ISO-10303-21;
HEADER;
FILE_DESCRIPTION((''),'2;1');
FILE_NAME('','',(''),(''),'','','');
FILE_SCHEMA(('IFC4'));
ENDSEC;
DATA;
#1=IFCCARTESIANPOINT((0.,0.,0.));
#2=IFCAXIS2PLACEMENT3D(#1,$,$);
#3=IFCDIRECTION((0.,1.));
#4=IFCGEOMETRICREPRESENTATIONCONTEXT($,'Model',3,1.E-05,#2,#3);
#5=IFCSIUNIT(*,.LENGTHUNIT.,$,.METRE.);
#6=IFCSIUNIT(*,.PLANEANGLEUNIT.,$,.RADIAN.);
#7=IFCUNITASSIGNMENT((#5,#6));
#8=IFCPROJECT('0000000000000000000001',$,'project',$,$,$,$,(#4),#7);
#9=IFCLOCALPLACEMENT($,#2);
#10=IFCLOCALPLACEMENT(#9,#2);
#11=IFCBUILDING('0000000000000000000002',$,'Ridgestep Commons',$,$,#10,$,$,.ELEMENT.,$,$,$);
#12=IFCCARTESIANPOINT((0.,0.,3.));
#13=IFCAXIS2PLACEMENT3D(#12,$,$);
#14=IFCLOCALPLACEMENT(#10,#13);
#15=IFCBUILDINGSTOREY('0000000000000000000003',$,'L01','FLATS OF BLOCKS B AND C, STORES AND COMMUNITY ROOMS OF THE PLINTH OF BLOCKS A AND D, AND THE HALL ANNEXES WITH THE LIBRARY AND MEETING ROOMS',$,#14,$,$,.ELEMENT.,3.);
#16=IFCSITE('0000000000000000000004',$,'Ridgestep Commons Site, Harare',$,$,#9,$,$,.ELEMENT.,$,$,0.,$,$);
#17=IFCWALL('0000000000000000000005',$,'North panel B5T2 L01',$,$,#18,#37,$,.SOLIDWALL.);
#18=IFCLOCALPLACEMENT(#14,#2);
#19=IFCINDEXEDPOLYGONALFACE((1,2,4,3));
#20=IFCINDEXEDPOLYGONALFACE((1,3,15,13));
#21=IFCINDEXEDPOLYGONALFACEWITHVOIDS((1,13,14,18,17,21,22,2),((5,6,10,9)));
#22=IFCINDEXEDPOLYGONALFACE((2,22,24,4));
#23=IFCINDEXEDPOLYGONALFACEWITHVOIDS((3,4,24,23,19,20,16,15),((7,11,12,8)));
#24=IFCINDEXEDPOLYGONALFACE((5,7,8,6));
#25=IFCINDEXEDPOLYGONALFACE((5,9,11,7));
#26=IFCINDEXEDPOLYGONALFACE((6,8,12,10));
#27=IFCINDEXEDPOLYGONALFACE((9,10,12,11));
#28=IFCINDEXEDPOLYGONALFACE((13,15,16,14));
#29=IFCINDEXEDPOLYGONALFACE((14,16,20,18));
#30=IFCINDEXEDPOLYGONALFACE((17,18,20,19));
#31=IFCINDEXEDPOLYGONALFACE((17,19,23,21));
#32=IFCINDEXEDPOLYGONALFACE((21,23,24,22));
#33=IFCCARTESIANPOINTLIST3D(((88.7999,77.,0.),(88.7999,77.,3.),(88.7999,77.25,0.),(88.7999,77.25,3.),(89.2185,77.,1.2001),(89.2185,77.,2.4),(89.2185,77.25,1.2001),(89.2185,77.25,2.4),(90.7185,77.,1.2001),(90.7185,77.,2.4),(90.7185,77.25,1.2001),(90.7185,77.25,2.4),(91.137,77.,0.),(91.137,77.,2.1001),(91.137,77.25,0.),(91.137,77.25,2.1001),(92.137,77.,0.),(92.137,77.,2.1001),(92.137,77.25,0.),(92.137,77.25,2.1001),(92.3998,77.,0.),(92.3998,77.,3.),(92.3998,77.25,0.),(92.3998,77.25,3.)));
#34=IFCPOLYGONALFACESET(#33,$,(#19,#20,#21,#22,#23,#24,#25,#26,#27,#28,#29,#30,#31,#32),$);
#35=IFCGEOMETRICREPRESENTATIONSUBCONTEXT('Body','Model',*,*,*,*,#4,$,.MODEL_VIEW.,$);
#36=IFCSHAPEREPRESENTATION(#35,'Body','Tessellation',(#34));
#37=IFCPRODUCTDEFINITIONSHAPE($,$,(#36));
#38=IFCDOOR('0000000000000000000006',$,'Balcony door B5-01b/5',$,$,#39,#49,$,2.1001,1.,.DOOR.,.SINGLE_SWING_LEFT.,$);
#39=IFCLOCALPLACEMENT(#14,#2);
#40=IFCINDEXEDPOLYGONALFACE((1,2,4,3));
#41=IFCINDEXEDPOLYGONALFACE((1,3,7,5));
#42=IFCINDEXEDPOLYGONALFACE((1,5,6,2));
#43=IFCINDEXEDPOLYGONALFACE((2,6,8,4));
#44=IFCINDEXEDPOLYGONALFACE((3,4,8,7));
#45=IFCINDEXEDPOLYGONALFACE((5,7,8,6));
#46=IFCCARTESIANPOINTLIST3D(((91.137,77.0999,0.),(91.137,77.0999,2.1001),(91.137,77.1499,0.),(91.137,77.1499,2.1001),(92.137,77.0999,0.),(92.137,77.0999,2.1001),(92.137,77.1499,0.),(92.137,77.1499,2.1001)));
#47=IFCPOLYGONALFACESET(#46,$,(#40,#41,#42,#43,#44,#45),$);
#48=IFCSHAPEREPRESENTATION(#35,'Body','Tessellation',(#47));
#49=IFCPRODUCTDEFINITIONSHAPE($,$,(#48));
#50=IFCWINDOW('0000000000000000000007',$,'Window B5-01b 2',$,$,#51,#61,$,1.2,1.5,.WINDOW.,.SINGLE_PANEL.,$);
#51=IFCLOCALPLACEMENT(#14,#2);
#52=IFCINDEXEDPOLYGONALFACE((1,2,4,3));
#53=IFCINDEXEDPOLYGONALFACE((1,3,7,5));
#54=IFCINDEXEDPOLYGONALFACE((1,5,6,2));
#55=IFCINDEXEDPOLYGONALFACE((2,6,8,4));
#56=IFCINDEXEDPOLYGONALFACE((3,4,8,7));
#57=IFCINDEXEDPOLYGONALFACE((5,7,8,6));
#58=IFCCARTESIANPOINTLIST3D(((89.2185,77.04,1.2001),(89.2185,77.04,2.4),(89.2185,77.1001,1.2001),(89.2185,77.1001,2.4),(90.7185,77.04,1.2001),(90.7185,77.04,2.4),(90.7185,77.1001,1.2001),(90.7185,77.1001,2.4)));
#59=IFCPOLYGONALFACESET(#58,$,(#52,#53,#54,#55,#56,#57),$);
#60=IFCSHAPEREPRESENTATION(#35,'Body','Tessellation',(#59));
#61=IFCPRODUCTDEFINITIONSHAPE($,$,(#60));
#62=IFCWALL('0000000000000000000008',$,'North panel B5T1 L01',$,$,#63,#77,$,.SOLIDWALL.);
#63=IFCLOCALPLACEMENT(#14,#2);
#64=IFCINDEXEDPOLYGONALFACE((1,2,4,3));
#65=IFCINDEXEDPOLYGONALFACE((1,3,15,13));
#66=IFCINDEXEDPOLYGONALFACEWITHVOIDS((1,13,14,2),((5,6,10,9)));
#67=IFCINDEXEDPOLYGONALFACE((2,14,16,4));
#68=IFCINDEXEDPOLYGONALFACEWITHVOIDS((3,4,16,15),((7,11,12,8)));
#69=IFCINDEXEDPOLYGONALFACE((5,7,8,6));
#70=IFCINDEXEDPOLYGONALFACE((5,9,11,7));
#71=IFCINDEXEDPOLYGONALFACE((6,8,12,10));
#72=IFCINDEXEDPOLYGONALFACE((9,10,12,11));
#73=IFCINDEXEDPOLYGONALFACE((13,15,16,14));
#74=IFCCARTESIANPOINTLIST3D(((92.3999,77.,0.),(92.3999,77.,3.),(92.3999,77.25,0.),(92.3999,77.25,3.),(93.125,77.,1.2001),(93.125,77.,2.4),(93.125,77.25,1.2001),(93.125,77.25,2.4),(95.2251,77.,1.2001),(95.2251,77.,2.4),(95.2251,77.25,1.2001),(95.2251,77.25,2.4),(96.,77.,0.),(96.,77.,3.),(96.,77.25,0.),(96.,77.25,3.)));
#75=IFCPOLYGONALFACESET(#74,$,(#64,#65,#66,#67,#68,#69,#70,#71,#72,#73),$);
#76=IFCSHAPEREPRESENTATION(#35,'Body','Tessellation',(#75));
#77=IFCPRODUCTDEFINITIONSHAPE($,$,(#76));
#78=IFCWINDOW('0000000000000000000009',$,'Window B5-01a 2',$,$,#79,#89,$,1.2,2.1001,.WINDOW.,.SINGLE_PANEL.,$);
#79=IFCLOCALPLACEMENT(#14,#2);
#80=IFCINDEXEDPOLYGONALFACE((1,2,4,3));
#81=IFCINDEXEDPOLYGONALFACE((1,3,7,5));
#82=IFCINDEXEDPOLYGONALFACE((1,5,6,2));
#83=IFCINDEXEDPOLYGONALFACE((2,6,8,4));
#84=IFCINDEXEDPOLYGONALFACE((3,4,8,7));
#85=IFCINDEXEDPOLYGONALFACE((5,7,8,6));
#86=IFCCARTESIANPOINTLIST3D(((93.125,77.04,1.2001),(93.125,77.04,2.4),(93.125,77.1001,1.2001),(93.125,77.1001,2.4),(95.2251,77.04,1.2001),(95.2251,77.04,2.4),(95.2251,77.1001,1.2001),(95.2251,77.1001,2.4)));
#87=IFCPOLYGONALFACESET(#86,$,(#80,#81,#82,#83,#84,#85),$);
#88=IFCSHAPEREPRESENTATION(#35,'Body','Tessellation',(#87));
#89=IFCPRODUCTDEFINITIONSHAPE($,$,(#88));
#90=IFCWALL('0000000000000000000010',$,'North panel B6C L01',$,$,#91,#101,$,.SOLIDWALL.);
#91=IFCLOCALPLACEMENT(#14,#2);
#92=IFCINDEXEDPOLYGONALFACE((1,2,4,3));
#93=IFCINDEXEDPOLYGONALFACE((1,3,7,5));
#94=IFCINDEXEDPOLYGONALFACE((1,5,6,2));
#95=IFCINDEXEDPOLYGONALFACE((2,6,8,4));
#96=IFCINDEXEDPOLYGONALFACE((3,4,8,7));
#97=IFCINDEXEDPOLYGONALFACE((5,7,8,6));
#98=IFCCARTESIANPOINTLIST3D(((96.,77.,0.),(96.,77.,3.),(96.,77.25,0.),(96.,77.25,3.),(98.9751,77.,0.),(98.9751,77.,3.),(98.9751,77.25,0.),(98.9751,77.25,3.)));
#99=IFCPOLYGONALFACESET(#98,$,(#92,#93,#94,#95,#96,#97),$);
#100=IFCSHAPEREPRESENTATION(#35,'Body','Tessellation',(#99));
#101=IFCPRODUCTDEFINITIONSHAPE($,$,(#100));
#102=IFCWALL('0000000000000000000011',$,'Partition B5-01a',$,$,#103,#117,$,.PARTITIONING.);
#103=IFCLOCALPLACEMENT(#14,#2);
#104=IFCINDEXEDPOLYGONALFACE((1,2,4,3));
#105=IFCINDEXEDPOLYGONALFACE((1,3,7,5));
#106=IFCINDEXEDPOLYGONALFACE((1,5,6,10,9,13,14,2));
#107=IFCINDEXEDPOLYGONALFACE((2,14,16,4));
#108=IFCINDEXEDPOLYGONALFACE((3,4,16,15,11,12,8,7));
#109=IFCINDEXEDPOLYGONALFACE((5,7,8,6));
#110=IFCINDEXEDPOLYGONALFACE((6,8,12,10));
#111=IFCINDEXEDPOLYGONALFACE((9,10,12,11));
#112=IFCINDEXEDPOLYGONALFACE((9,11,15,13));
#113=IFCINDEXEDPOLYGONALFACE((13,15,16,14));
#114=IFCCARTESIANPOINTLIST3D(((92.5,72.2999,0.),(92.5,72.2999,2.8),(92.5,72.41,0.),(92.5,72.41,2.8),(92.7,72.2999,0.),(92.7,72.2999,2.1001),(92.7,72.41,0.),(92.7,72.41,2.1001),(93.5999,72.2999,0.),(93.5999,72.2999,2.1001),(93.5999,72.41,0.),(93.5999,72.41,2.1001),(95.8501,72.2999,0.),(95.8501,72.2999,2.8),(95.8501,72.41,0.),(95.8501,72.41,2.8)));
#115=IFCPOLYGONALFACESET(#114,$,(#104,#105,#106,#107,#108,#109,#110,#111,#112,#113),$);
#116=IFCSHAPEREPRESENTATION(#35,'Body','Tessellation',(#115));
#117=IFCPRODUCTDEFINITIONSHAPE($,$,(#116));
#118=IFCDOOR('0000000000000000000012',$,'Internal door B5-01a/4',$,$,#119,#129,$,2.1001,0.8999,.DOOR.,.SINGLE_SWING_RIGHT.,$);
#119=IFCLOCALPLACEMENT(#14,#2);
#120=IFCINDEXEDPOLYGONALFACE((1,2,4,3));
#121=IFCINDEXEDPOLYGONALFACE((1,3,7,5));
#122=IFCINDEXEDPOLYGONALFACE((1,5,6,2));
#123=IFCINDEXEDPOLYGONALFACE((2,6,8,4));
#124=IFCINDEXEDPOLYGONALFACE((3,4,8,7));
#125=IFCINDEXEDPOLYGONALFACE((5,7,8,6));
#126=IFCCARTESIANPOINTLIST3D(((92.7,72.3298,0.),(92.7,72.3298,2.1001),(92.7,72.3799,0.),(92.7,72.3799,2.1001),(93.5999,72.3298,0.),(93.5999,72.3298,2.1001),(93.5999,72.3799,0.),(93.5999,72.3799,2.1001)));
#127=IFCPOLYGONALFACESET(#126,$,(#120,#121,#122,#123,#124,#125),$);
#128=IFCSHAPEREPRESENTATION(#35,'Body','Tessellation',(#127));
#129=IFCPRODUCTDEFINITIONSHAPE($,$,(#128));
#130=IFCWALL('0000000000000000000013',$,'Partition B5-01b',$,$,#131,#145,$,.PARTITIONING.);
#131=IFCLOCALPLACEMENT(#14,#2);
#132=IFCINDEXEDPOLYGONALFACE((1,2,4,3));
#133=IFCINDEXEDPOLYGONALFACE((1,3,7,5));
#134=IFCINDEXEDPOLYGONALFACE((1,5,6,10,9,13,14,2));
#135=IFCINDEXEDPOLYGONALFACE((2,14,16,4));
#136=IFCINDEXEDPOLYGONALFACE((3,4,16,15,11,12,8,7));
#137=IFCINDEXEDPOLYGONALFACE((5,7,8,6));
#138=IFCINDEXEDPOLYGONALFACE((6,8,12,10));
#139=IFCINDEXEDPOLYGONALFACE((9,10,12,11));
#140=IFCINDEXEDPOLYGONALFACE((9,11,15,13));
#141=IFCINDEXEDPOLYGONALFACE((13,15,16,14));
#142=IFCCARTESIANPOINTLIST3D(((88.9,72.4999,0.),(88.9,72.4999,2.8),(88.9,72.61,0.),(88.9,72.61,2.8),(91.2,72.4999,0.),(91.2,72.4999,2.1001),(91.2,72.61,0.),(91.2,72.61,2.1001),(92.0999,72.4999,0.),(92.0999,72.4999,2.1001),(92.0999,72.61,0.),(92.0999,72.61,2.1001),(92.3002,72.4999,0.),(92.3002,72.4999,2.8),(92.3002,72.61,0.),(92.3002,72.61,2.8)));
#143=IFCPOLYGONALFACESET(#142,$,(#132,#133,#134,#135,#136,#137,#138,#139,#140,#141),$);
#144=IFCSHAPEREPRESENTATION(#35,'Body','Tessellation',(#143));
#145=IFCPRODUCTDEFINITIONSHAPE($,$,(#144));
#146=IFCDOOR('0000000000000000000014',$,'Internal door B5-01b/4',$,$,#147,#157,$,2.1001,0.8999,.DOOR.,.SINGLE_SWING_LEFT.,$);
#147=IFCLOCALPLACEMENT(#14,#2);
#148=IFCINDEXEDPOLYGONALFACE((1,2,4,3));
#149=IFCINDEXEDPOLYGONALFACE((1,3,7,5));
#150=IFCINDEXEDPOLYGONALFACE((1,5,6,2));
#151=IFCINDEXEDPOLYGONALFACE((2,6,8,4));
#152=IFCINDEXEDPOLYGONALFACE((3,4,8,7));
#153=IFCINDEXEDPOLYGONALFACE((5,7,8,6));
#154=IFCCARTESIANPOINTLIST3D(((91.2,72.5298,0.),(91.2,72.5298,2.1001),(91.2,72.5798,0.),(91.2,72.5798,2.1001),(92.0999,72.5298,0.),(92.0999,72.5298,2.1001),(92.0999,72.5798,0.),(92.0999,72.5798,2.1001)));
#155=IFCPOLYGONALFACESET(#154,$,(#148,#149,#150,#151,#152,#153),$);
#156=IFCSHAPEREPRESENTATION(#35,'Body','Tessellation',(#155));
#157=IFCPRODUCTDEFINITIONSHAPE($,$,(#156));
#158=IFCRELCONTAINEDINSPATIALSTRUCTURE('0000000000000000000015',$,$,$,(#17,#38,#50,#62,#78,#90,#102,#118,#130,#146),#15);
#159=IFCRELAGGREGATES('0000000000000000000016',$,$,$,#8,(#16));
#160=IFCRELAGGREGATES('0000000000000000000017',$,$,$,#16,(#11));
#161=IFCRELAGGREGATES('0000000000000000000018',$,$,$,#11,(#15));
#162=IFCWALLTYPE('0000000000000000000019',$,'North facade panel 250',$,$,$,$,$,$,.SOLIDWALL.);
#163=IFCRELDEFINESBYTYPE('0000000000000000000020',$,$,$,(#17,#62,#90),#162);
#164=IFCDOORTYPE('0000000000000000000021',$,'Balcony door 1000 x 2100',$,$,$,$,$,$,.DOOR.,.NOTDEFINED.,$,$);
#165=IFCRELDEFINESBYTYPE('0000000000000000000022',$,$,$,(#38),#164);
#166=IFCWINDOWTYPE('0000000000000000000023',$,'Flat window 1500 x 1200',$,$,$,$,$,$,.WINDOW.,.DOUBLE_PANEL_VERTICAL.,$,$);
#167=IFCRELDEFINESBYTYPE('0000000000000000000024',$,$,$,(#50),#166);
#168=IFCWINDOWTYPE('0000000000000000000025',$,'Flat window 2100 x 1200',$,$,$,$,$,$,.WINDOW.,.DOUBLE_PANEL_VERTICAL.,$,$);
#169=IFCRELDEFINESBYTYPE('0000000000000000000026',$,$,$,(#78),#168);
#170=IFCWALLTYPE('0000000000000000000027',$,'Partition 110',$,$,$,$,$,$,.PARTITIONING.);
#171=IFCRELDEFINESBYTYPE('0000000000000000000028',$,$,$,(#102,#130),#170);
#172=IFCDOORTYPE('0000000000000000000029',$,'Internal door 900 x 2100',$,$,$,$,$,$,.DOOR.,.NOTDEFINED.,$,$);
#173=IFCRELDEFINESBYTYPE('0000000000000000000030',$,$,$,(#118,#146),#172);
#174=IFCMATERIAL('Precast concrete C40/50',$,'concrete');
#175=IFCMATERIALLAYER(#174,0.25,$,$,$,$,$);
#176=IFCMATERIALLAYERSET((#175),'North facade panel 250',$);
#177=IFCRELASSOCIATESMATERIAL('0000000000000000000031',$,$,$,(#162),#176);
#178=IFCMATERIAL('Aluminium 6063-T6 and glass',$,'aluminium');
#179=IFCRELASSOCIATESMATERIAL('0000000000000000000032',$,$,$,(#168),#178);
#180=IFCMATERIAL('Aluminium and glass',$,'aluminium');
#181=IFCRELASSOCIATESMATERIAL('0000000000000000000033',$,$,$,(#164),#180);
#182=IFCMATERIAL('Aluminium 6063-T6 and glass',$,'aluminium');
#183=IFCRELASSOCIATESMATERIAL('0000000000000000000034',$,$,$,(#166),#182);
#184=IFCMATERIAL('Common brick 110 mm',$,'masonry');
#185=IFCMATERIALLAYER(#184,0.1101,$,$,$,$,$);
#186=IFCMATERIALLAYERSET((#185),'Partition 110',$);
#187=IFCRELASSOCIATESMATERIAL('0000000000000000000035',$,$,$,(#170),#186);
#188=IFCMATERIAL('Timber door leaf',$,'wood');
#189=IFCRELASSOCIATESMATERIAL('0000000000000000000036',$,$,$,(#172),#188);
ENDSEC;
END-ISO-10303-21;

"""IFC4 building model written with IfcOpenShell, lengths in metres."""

from ifc_helpers import new_model, si_unit, direction, frame, frame_2d, origin, place, context, subcontext, project, spatial, rectangle, extrude, material, layer, layer_set, type_object, element, fill, save


model = new_model("IFC4")

# Units and contexts
model_context = context("Model", 3, precision=1e-05, world=origin(), true_north=direction((0.0, 1.0)))
body_context = subcontext(model_context, "Body", "Model", "MODEL_VIEW")
ifc_project = project(units=[si_unit("LENGTHUNIT", "METRE"), si_unit("PLANEANGLEUNIT", "RADIAN")], contexts=[model_context])

# Site, building, storey
site_placement = place(None, origin())
site = spatial("IfcSite", under=ifc_project, at=site_placement, Name="Ridgestep Commons Site, Harare", CompositionType="ELEMENT", RefElevation=0.0)
building_placement = place(site_placement, origin())
building = spatial("IfcBuilding", under=site, at=building_placement, Name="Ridgestep Commons", CompositionType="ELEMENT")
storey_placement = place(building_placement, frame((0.0, 0.0, 3.0)))
storey = spatial("IfcBuildingStorey", under=building, at=storey_placement, Name="L01", Description="FLATS OF BLOCKS B AND C, STORES AND COMMUNITY ROOMS OF THE PLINTH OF BLOCKS A AND D, AND THE HALL ANNEXES WITH THE LIBRARY AND MEETING ROOMS", CompositionType="ELEMENT", Elevation=3.0)

# Shared definitions
ifc_material_1 = material(Name="Precast concrete C40/50", Category="concrete")
ifc_layer_1 = layer(ifc_material_1, 0.25)
ifc_layer_set_1 = layer_set([ifc_layer_1], Name="North facade panel 250")
wall_type_1 = type_object("IfcWallType", Name="North facade panel 250", PredefinedType="SOLIDWALL", material=ifc_layer_set_1)
ifc_material_2 = material(Name="Aluminium 6063-T6 and glass", Category="aluminium")
window_type_1 = type_object("IfcWindowType", Name="Flat window 2100 x 1200", PartitioningType="DOUBLE_PANEL_VERTICAL", PredefinedType="WINDOW", material=ifc_material_2)

# Wall, openings, door, window
wall_1_placement = place(storey_placement, frame((88.8, 77.125, 0.0), z_axis=(0.0, 0.0, 1.0), x_axis=(1.0, 0.0, 0.0)))
wall_1 = element("IfcWall", 1, at=wall_1_placement, inside=storey, type_object=wall_type_1, Name="North panel B5T2 L01", PredefinedType="SOLIDWALL", context=body_context, shape_type="SweptSolid", body=[
    extrude(rectangle(XDim=3.5999, YDim=0.25, at=frame_2d((1.7998, 0.0))), origin(), (0.0, 0.0, 1.0), 3.0),
])
opening_1_placement = place(wall_1_placement, frame((0.4185, 0.0, 1.2)))
opening_1 = element("IfcOpeningElement", 2, at=opening_1_placement, cuts=wall_1, PredefinedType="OPENING", context=body_context, shape_type="SweptSolid", body=[
    extrude(rectangle(XDim=1.5, YDim=1.2, at=frame_2d((0.75, 0.6001))), frame((0.0, 0.135, 0.0), z_axis=(0.0, -1.0, 0.0), x_axis=(1.0, 0.0, 0.0)), (0.0, 0.0, 1.0), 0.27),
])
opening_2_placement = place(wall_1_placement, frame((2.3369, 0.0, 0.0)))
opening_2 = element("IfcOpeningElement", 3, at=opening_2_placement, cuts=wall_1, PredefinedType="OPENING", context=body_context, shape_type="SweptSolid", body=[
    extrude(rectangle(XDim=1.0, YDim=2.1001, at=frame_2d((0.5, 1.05))), frame((0.0, 0.135, 0.0), z_axis=(0.0, -1.0, 0.0), x_axis=(1.0, 0.0, 0.0)), (0.0, 0.0, 1.0), 0.27),
])
ifc_material_3 = material(Name="Aluminium and glass", Category="aluminium")
door_type_1 = type_object("IfcDoorType", Name="Balcony door 1000 x 2100", OperationType="NOTDEFINED", PredefinedType="DOOR", material=ifc_material_3)
door_1_placement = place(opening_2_placement, origin())
door_1 = element("IfcDoor", 4, at=door_1_placement, inside=storey, type_object=door_type_1, Name="Balcony door B5-01b/5", OperationType="SINGLE_SWING_LEFT", OverallHeight=2.1001, OverallWidth=1.0, PredefinedType="DOOR", context=body_context, shape_type="SweptSolid", body=[
    extrude(rectangle(XDim=1.0, YDim=2.1001, at=frame_2d((0.5, 1.05))), frame((0.0, 0.0249, 0.0), z_axis=(0.0, -1.0, 0.0), x_axis=(1.0, 0.0, 0.0)), (0.0, 0.0, 1.0), 0.05),
])
fill(opening_2, door_1)
ifc_material_4 = material(Name="Aluminium 6063-T6 and glass", Category="aluminium")
window_type_2 = type_object("IfcWindowType", Name="Flat window 1500 x 1200", PartitioningType="DOUBLE_PANEL_VERTICAL", PredefinedType="WINDOW", material=ifc_material_4)
window_1_placement = place(opening_1_placement, origin())
window_1 = element("IfcWindow", 5, at=window_1_placement, inside=storey, type_object=window_type_2, Name="Window B5-01b 2", OverallHeight=1.2, OverallWidth=1.5, PartitioningType="SINGLE_PANEL", PredefinedType="WINDOW", context=body_context, shape_type="SweptSolid", body=[
    extrude(rectangle(XDim=1.5, YDim=1.2, at=frame_2d((0.75, 0.6001))), frame((0.0, -0.0249, 0.0), z_axis=(0.0, -1.0, 0.0), x_axis=(1.0, 0.0, 0.0)), (0.0, 0.0, 1.0), 0.0601),
])
fill(opening_1, window_1)

# Wall, opening, window
wall_2_placement = place(storey_placement, frame((92.3999, 77.125, 0.0), z_axis=(0.0, 0.0, 1.0), x_axis=(1.0, 0.0, 0.0)))
wall_2 = element("IfcWall", 6, at=wall_2_placement, inside=storey, type_object=wall_type_1, Name="North panel B5T1 L01", PredefinedType="SOLIDWALL", context=body_context, shape_type="SweptSolid", body=[
    extrude(rectangle(XDim=3.6001, YDim=0.25, at=frame_2d((1.8, 0.0))), origin(), (0.0, 0.0, 1.0), 3.0),
])
opening_3_placement = place(wall_2_placement, frame((0.7251, 0.0, 1.2)))
opening_3 = element("IfcOpeningElement", 7, at=opening_3_placement, cuts=wall_2, PredefinedType="OPENING", context=body_context, shape_type="SweptSolid", body=[
    extrude(rectangle(XDim=2.1001, YDim=1.2, at=frame_2d((1.05, 0.6001))), frame((0.0, 0.135, 0.0), z_axis=(0.0, -1.0, 0.0), x_axis=(1.0, 0.0, 0.0)), (0.0, 0.0, 1.0), 0.27),
])
window_2_placement = place(opening_3_placement, origin())
window_2 = element("IfcWindow", 8, at=window_2_placement, inside=storey, type_object=window_type_1, Name="Window B5-01a 2", OverallHeight=1.2, OverallWidth=2.1001, PartitioningType="SINGLE_PANEL", PredefinedType="WINDOW", context=body_context, shape_type="SweptSolid", body=[
    extrude(rectangle(XDim=2.1001, YDim=1.2, at=frame_2d((1.05, 0.6001))), frame((0.0, -0.0249, 0.0), z_axis=(0.0, -1.0, 0.0), x_axis=(1.0, 0.0, 0.0)), (0.0, 0.0, 1.0), 0.0601),
])
fill(opening_3, window_2)

# Wall
wall_3_placement = place(storey_placement, frame((96.0, 77.125, 0.0), z_axis=(0.0, 0.0, 1.0), x_axis=(1.0, 0.0, 0.0)))
element("IfcWall", 9, at=wall_3_placement, inside=storey, type_object=wall_type_1, Name="North panel B6C L01", PredefinedType="SOLIDWALL", context=body_context, shape_type="SweptSolid", body=[
    extrude(rectangle(XDim=2.9751, YDim=0.25, at=frame_2d((1.4875, 0.0))), origin(), (0.0, 0.0, 1.0), 3.0),
])

# Walls, openings, doors
ifc_material_5 = material(Name="Common brick 110 mm", Category="masonry")
ifc_layer_2 = layer(ifc_material_5, 0.1101)
ifc_layer_set_2 = layer_set([ifc_layer_2], Name="Partition 110")
wall_type_2 = type_object("IfcWallType", Name="Partition 110", PredefinedType="PARTITIONING", material=ifc_layer_set_2)
wall_4_placement = place(storey_placement, frame((92.5, 72.355, 0.0), z_axis=(0.0, 0.0, 1.0), x_axis=(1.0, 0.0, 0.0)))
wall_4 = element("IfcWall", 10, at=wall_4_placement, inside=storey, type_object=wall_type_2, Name="Partition B5-01a", PredefinedType="PARTITIONING", context=body_context, shape_type="SweptSolid", body=[
    extrude(rectangle(XDim=3.3501, YDim=0.1101, at=frame_2d((1.675, 0.0))), origin(), (0.0, 0.0, 1.0), 2.8),
])
opening_4_placement = place(wall_4_placement, frame((0.2, 0.0, 0.0)))
opening_4 = element("IfcOpeningElement", 11, at=opening_4_placement, cuts=wall_4, PredefinedType="OPENING", context=body_context, shape_type="SweptSolid", body=[
    extrude(rectangle(XDim=0.8999, YDim=2.1001, at=frame_2d((0.45, 1.05))), frame((0.0, 0.0649, 0.0), z_axis=(0.0, -1.0, 0.0), x_axis=(1.0, 0.0, 0.0)), (0.0, 0.0, 1.0), 0.1301),
])
ifc_material_6 = material(Name="Timber door leaf", Category="wood")
door_type_2 = type_object("IfcDoorType", Name="Internal door 900 x 2100", OperationType="NOTDEFINED", PredefinedType="DOOR", material=ifc_material_6)
door_2_placement = place(opening_4_placement, origin())
door_2 = element("IfcDoor", 12, at=door_2_placement, inside=storey, type_object=door_type_2, Name="Internal door B5-01a/4", OperationType="SINGLE_SWING_RIGHT", OverallHeight=2.1001, OverallWidth=0.8999, PredefinedType="DOOR", context=body_context, shape_type="SweptSolid", body=[
    extrude(rectangle(XDim=0.8999, YDim=2.1001, at=frame_2d((0.45, 1.05))), frame((0.0, 0.0249, 0.0), z_axis=(0.0, -1.0, 0.0), x_axis=(1.0, 0.0, 0.0)), (0.0, 0.0, 1.0), 0.05),
])
fill(opening_4, door_2)
wall_5_placement = place(storey_placement, frame((88.8999, 72.5549, 0.0), z_axis=(0.0, 0.0, 1.0), x_axis=(1.0, 0.0, 0.0)))
wall_5 = element("IfcWall", 13, at=wall_5_placement, inside=storey, type_object=wall_type_2, Name="Partition B5-01b", PredefinedType="PARTITIONING", context=body_context, shape_type="SweptSolid", body=[
    extrude(rectangle(XDim=3.4001, YDim=0.1101, at=frame_2d((1.7002, 0.0))), origin(), (0.0, 0.0, 1.0), 2.8),
])
opening_5_placement = place(wall_5_placement, frame((2.3, 0.0, 0.0)))
opening_5 = element("IfcOpeningElement", 14, at=opening_5_placement, cuts=wall_5, PredefinedType="OPENING", context=body_context, shape_type="SweptSolid", body=[
    extrude(rectangle(XDim=0.8999, YDim=2.1001, at=frame_2d((0.45, 1.05))), frame((0.0, 0.0649, 0.0), z_axis=(0.0, -1.0, 0.0), x_axis=(1.0, 0.0, 0.0)), (0.0, 0.0, 1.0), 0.1301),
])
door_3_placement = place(opening_5_placement, origin())
door_3 = element("IfcDoor", 15, at=door_3_placement, inside=storey, type_object=door_type_2, Name="Internal door B5-01b/4", OperationType="SINGLE_SWING_LEFT", OverallHeight=2.1001, OverallWidth=0.8999, PredefinedType="DOOR", context=body_context, shape_type="SweptSolid", body=[
    extrude(rectangle(XDim=0.8999, YDim=2.1001, at=frame_2d((0.45, 1.05))), frame((0.0, 0.0249, 0.0), z_axis=(0.0, -1.0, 0.0), x_axis=(1.0, 0.0, 0.0)), (0.0, 0.0, 1.0), 0.05),
])
fill(opening_5, door_3)

save(model, "model.ifc")
